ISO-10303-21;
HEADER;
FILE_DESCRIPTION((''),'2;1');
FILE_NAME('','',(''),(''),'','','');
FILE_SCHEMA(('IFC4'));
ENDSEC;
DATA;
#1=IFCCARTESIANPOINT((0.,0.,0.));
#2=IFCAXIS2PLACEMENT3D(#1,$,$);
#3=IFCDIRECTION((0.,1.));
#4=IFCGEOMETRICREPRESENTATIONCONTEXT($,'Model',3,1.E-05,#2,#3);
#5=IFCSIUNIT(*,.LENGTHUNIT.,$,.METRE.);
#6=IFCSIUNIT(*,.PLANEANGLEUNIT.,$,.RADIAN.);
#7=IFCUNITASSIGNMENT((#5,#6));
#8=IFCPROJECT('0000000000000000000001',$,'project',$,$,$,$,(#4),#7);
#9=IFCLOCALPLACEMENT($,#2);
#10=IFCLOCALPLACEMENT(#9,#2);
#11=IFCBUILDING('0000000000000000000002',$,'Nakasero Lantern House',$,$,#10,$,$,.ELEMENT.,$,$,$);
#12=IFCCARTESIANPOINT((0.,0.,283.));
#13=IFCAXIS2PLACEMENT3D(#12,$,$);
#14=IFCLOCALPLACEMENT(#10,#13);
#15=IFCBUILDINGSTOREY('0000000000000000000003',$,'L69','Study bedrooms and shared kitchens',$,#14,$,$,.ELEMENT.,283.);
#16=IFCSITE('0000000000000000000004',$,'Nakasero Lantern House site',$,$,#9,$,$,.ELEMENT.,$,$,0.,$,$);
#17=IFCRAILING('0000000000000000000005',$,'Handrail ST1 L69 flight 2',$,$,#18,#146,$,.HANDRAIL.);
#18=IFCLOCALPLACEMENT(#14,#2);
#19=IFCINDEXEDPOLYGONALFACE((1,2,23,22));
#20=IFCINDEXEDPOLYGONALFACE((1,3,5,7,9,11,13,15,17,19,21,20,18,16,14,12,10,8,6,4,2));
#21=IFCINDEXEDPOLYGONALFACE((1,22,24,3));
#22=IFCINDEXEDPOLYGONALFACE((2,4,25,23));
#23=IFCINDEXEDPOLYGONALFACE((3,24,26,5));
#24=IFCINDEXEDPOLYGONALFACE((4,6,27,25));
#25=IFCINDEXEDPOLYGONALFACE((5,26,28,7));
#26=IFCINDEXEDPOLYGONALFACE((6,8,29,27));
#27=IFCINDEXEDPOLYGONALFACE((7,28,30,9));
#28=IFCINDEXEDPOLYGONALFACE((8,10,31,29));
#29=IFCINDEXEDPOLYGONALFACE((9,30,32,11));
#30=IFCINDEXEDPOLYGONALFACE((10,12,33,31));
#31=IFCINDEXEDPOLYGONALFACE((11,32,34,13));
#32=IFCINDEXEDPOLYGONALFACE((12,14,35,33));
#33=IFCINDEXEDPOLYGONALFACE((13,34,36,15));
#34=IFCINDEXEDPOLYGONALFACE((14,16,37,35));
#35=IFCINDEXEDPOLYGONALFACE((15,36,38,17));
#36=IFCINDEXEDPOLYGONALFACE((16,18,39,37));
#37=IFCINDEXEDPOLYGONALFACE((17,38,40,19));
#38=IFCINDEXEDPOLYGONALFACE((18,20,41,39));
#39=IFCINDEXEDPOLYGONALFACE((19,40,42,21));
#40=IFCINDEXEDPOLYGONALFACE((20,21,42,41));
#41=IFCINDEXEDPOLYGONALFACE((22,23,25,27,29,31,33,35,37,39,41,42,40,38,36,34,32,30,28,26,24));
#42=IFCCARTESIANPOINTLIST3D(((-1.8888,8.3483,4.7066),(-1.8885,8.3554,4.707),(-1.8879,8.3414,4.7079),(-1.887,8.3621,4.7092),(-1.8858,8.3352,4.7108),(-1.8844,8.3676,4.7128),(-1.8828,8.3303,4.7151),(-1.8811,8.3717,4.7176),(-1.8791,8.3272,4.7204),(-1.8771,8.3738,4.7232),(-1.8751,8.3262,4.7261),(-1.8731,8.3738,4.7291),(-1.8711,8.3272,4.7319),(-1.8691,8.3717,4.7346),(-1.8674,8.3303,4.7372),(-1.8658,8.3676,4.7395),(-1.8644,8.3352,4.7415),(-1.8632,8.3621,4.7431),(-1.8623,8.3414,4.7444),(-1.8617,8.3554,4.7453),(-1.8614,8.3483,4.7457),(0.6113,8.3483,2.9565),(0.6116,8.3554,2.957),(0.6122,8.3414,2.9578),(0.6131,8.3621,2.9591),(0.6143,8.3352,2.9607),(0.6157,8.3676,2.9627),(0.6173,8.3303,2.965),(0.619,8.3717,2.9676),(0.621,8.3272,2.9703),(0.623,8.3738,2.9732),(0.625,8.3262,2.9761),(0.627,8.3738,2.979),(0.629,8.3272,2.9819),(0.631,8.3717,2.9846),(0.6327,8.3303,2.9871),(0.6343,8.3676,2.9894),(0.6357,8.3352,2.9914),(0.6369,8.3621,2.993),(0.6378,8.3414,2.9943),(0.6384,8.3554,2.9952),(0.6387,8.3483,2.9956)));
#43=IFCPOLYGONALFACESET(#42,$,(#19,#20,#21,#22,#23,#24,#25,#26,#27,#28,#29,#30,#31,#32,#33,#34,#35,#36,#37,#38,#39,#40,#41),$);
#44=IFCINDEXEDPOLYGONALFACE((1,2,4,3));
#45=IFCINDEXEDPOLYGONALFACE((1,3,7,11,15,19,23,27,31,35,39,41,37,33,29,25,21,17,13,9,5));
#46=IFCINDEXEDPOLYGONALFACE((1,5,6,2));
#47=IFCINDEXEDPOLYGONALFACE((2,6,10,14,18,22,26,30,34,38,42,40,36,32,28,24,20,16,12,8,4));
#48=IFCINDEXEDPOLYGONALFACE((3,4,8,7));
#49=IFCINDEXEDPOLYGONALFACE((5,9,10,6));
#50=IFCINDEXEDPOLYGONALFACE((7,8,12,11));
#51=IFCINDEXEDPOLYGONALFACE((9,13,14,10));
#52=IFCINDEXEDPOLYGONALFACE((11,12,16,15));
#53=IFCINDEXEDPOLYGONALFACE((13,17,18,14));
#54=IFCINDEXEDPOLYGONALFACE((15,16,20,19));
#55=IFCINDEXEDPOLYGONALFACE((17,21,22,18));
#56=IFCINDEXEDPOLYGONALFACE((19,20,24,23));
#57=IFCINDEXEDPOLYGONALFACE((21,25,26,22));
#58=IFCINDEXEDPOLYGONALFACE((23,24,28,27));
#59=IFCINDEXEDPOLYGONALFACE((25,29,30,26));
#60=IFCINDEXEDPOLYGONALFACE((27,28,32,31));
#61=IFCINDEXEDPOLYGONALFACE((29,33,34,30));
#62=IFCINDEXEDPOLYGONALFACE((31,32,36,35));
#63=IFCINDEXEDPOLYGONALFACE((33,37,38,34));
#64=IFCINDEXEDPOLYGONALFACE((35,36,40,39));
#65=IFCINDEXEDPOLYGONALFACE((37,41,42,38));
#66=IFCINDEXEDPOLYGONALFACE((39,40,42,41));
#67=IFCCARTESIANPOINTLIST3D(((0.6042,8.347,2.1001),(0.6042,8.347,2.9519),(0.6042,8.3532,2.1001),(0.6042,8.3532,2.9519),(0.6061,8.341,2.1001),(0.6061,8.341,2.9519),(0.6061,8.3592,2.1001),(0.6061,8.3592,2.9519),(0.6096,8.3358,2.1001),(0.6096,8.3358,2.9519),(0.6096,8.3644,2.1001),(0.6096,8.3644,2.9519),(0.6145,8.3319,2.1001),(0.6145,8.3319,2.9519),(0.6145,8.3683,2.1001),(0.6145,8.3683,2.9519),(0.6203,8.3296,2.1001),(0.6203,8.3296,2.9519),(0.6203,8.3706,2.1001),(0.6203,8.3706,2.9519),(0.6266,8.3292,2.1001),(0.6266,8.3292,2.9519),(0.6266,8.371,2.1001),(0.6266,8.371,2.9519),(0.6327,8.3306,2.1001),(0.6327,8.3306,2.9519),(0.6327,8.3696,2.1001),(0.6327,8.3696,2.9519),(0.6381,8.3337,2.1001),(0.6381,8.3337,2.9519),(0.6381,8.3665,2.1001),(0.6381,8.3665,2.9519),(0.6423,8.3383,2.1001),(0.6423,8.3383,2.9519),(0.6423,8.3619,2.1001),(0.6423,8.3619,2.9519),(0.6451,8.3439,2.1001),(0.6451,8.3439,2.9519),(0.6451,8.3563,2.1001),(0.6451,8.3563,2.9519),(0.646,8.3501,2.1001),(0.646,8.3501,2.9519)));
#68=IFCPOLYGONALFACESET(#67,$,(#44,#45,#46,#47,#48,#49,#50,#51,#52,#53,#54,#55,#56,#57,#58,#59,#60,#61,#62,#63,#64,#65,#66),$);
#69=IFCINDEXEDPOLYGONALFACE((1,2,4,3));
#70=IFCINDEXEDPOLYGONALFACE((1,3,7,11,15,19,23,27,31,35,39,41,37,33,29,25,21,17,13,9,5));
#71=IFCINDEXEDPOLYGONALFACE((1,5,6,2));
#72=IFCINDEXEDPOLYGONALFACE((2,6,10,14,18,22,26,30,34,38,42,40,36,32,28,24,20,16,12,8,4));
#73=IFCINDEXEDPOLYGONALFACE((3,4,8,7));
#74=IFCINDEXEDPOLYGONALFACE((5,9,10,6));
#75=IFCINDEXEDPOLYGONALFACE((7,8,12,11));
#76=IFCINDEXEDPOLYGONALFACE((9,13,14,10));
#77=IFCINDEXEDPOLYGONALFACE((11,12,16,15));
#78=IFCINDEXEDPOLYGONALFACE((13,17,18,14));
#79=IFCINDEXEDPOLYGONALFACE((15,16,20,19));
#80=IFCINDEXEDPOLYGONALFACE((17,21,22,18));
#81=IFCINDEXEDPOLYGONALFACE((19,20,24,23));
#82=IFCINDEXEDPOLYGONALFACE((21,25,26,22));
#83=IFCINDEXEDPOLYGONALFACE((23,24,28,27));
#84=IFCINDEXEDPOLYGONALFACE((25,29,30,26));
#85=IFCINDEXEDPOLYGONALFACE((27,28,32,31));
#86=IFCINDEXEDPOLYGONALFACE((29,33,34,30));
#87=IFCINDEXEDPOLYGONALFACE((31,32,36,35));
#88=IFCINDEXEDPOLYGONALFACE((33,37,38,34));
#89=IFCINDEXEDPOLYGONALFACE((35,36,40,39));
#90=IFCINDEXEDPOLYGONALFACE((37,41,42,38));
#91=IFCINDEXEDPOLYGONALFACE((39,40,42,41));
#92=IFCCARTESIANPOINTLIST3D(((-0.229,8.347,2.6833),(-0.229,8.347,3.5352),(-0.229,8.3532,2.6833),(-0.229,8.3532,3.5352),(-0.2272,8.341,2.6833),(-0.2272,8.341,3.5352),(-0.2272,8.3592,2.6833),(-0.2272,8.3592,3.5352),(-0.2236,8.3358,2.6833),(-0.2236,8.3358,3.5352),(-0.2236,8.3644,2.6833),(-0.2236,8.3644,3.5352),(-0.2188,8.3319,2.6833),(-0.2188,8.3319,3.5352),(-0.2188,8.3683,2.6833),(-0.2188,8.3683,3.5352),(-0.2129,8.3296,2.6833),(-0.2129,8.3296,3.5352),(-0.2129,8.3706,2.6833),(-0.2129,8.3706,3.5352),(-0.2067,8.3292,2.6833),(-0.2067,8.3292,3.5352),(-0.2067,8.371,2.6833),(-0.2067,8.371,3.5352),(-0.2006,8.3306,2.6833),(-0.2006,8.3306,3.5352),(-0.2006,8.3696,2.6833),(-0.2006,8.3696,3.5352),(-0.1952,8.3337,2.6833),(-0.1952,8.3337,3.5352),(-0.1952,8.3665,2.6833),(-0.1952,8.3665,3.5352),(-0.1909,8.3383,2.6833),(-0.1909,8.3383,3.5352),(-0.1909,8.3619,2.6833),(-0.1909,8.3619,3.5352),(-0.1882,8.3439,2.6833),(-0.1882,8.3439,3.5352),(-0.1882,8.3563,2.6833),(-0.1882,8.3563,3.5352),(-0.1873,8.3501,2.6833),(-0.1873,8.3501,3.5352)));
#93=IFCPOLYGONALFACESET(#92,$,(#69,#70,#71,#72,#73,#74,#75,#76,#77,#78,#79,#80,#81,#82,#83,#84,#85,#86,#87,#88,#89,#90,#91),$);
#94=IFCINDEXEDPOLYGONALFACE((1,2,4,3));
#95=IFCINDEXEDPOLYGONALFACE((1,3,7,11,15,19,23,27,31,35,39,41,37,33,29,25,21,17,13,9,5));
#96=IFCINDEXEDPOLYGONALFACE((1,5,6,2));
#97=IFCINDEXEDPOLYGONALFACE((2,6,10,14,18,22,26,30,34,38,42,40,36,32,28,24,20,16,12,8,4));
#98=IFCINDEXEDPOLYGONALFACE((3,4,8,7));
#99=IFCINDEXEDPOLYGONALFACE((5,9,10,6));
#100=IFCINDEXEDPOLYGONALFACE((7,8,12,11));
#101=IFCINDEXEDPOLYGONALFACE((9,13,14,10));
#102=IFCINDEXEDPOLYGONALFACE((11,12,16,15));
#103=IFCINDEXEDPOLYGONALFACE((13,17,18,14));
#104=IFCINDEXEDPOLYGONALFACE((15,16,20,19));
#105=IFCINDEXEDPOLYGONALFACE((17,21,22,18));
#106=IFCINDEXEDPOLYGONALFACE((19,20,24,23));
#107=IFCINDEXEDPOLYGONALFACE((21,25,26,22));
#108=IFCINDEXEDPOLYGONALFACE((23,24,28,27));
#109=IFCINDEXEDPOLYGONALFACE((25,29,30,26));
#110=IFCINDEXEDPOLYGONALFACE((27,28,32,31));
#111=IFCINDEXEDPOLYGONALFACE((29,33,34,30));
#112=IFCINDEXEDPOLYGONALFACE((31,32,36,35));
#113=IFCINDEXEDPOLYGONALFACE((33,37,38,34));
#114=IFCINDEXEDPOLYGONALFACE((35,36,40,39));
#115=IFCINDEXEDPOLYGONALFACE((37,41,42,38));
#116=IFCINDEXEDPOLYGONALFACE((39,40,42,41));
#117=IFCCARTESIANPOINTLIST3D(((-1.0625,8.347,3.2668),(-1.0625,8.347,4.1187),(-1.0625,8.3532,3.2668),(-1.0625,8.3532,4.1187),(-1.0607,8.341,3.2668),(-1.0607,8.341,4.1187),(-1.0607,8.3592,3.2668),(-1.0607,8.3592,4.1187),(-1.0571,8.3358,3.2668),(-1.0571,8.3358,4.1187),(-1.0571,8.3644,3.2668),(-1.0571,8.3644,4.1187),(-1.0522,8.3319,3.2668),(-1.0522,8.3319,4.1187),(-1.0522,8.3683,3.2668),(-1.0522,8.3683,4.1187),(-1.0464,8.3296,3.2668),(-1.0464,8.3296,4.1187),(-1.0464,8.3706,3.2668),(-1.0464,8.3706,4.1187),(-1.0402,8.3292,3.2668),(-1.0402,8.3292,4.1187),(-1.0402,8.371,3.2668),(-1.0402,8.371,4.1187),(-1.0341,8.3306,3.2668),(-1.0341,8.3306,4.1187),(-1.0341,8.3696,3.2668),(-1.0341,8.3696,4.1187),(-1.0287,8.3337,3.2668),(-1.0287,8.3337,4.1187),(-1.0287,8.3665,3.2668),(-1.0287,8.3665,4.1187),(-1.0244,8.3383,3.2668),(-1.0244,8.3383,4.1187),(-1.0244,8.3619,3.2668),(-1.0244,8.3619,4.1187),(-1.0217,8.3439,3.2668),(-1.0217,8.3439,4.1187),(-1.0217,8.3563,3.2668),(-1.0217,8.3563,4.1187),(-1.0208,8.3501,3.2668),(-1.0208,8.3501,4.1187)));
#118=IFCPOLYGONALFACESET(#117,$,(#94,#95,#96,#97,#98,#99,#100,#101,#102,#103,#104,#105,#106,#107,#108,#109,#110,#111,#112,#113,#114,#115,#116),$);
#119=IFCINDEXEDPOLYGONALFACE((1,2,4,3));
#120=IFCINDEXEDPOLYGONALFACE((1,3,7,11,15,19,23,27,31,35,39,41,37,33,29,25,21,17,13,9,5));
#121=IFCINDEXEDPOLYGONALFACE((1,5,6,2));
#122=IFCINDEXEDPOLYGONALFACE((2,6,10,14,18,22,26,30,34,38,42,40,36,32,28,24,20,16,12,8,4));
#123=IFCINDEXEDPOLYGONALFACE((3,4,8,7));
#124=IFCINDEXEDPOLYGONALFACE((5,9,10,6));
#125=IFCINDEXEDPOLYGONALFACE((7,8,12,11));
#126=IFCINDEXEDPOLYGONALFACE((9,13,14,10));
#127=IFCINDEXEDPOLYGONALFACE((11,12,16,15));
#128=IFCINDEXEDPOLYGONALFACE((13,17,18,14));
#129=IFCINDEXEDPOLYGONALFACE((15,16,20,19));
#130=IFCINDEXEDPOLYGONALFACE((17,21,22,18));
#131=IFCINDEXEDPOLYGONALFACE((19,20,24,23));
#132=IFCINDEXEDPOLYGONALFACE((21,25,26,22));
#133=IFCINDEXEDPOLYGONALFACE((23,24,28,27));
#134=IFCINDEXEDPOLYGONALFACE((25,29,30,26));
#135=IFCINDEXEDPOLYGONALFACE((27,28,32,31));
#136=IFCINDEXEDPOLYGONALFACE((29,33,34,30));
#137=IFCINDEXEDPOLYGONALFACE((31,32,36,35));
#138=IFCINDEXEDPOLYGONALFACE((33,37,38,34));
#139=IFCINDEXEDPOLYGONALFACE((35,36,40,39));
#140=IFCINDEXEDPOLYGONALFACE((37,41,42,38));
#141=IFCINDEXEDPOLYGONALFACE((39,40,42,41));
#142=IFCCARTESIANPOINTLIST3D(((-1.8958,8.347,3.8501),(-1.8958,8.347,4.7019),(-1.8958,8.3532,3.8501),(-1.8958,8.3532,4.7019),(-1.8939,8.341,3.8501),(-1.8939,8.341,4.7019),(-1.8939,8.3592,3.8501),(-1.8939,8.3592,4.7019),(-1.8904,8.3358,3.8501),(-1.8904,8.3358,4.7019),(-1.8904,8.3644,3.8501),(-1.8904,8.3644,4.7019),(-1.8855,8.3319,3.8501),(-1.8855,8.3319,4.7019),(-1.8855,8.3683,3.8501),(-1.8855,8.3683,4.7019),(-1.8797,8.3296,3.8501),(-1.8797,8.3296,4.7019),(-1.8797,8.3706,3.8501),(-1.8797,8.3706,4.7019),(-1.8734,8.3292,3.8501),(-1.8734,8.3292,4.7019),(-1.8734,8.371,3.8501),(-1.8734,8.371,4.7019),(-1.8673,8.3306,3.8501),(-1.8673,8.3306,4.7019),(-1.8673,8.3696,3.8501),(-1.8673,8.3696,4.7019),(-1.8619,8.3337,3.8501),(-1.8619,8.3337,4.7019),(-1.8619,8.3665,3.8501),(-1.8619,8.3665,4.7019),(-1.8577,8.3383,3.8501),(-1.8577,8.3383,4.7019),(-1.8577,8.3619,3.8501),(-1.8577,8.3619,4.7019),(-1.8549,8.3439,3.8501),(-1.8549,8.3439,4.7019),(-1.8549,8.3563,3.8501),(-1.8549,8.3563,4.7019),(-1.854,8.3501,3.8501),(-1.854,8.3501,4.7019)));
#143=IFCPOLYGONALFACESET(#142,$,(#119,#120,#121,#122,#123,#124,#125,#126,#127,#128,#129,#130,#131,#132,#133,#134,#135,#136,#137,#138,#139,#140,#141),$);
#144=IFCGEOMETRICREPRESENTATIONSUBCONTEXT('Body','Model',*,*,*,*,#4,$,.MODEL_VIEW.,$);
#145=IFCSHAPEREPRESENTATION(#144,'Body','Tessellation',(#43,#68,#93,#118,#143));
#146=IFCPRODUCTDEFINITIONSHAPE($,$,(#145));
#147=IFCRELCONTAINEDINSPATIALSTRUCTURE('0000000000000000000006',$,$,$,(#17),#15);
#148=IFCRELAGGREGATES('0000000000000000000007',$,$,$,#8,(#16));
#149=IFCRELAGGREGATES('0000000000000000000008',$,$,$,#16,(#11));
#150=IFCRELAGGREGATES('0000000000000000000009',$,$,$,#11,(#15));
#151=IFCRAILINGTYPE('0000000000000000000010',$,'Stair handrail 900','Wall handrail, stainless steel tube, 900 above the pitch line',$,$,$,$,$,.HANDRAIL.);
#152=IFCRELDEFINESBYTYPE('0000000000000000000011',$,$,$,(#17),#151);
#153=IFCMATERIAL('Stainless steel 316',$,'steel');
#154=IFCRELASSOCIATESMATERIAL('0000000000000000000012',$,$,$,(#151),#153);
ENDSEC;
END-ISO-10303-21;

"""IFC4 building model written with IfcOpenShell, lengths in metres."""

from ifc_helpers import new_model, si_unit, direction, frame, origin, origin_2d, place, context, subcontext, project, spatial, circle, extrude, material, type_object, element, save


model = new_model("IFC4")

# Units and contexts
model_context = context("Model", 3, precision=1e-05, world=origin(), true_north=direction((0.0, 1.0)))
body_context = subcontext(model_context, "Body", "Model", "MODEL_VIEW")
ifc_project = project(units=[si_unit("LENGTHUNIT", "METRE"), si_unit("PLANEANGLEUNIT", "RADIAN")], contexts=[model_context])

# Site, building, storey
site_placement = place(None, origin())
site = spatial("IfcSite", under=ifc_project, at=site_placement, Name="Nakasero Lantern House site", CompositionType="ELEMENT", RefElevation=0.0)
building_placement = place(site_placement, origin())
building = spatial("IfcBuilding", under=site, at=building_placement, Name="Nakasero Lantern House", CompositionType="ELEMENT")
storey_placement = place(building_placement, frame((0.0, 0.0, 283.0)))
storey = spatial("IfcBuildingStorey", under=building, at=storey_placement, Name="L69", Description="Study bedrooms and shared kitchens", CompositionType="ELEMENT", Elevation=283.0)

# Railing
ifc_material_1 = material(Name="Stainless steel 316", Category="steel")
railing_type = type_object("IfcRailingType", Name="Stair handrail 900", Description="Wall handrail, stainless steel tube, 900 above the pitch line", PredefinedType="HANDRAIL", material=ifc_material_1)
railing_placement = place(storey_placement, frame((0.625, 8.3501, 2.1001)))
element("IfcRailing", 1, at=railing_placement, inside=storey, type_object=railing_type, Name="Handrail ST1 L69 flight 2", PredefinedType="HANDRAIL", context=body_context, shape_type="SweptSolid", body=[
    extrude(circle(Radius=0.0239, at=origin_2d()), frame((0.0, 0.0, 0.876), z_axis=(-0.819232, 0.0, 0.573462), x_axis=(0.0, -1.0, 0.0)), (0.0, 0.0, 1.0), 3.0518),
    extrude(circle(Radius=0.021, at=origin_2d()), origin(), (0.0, 0.0, 1.0), 0.8518),
    extrude(circle(Radius=0.021, at=origin_2d()), frame((-0.8333, 0.0, 0.5833)), (0.0, 0.0, 1.0), 0.8518),
    extrude(circle(Radius=0.021, at=origin_2d()), frame((-1.6667, 0.0, 1.1667)), (0.0, 0.0, 1.0), 0.8518),
    extrude(circle(Radius=0.021, at=origin_2d()), frame((-2.5, 0.0, 1.75)), (0.0, 0.0, 1.0), 0.8518),
])

save(model, "model.ifc")
